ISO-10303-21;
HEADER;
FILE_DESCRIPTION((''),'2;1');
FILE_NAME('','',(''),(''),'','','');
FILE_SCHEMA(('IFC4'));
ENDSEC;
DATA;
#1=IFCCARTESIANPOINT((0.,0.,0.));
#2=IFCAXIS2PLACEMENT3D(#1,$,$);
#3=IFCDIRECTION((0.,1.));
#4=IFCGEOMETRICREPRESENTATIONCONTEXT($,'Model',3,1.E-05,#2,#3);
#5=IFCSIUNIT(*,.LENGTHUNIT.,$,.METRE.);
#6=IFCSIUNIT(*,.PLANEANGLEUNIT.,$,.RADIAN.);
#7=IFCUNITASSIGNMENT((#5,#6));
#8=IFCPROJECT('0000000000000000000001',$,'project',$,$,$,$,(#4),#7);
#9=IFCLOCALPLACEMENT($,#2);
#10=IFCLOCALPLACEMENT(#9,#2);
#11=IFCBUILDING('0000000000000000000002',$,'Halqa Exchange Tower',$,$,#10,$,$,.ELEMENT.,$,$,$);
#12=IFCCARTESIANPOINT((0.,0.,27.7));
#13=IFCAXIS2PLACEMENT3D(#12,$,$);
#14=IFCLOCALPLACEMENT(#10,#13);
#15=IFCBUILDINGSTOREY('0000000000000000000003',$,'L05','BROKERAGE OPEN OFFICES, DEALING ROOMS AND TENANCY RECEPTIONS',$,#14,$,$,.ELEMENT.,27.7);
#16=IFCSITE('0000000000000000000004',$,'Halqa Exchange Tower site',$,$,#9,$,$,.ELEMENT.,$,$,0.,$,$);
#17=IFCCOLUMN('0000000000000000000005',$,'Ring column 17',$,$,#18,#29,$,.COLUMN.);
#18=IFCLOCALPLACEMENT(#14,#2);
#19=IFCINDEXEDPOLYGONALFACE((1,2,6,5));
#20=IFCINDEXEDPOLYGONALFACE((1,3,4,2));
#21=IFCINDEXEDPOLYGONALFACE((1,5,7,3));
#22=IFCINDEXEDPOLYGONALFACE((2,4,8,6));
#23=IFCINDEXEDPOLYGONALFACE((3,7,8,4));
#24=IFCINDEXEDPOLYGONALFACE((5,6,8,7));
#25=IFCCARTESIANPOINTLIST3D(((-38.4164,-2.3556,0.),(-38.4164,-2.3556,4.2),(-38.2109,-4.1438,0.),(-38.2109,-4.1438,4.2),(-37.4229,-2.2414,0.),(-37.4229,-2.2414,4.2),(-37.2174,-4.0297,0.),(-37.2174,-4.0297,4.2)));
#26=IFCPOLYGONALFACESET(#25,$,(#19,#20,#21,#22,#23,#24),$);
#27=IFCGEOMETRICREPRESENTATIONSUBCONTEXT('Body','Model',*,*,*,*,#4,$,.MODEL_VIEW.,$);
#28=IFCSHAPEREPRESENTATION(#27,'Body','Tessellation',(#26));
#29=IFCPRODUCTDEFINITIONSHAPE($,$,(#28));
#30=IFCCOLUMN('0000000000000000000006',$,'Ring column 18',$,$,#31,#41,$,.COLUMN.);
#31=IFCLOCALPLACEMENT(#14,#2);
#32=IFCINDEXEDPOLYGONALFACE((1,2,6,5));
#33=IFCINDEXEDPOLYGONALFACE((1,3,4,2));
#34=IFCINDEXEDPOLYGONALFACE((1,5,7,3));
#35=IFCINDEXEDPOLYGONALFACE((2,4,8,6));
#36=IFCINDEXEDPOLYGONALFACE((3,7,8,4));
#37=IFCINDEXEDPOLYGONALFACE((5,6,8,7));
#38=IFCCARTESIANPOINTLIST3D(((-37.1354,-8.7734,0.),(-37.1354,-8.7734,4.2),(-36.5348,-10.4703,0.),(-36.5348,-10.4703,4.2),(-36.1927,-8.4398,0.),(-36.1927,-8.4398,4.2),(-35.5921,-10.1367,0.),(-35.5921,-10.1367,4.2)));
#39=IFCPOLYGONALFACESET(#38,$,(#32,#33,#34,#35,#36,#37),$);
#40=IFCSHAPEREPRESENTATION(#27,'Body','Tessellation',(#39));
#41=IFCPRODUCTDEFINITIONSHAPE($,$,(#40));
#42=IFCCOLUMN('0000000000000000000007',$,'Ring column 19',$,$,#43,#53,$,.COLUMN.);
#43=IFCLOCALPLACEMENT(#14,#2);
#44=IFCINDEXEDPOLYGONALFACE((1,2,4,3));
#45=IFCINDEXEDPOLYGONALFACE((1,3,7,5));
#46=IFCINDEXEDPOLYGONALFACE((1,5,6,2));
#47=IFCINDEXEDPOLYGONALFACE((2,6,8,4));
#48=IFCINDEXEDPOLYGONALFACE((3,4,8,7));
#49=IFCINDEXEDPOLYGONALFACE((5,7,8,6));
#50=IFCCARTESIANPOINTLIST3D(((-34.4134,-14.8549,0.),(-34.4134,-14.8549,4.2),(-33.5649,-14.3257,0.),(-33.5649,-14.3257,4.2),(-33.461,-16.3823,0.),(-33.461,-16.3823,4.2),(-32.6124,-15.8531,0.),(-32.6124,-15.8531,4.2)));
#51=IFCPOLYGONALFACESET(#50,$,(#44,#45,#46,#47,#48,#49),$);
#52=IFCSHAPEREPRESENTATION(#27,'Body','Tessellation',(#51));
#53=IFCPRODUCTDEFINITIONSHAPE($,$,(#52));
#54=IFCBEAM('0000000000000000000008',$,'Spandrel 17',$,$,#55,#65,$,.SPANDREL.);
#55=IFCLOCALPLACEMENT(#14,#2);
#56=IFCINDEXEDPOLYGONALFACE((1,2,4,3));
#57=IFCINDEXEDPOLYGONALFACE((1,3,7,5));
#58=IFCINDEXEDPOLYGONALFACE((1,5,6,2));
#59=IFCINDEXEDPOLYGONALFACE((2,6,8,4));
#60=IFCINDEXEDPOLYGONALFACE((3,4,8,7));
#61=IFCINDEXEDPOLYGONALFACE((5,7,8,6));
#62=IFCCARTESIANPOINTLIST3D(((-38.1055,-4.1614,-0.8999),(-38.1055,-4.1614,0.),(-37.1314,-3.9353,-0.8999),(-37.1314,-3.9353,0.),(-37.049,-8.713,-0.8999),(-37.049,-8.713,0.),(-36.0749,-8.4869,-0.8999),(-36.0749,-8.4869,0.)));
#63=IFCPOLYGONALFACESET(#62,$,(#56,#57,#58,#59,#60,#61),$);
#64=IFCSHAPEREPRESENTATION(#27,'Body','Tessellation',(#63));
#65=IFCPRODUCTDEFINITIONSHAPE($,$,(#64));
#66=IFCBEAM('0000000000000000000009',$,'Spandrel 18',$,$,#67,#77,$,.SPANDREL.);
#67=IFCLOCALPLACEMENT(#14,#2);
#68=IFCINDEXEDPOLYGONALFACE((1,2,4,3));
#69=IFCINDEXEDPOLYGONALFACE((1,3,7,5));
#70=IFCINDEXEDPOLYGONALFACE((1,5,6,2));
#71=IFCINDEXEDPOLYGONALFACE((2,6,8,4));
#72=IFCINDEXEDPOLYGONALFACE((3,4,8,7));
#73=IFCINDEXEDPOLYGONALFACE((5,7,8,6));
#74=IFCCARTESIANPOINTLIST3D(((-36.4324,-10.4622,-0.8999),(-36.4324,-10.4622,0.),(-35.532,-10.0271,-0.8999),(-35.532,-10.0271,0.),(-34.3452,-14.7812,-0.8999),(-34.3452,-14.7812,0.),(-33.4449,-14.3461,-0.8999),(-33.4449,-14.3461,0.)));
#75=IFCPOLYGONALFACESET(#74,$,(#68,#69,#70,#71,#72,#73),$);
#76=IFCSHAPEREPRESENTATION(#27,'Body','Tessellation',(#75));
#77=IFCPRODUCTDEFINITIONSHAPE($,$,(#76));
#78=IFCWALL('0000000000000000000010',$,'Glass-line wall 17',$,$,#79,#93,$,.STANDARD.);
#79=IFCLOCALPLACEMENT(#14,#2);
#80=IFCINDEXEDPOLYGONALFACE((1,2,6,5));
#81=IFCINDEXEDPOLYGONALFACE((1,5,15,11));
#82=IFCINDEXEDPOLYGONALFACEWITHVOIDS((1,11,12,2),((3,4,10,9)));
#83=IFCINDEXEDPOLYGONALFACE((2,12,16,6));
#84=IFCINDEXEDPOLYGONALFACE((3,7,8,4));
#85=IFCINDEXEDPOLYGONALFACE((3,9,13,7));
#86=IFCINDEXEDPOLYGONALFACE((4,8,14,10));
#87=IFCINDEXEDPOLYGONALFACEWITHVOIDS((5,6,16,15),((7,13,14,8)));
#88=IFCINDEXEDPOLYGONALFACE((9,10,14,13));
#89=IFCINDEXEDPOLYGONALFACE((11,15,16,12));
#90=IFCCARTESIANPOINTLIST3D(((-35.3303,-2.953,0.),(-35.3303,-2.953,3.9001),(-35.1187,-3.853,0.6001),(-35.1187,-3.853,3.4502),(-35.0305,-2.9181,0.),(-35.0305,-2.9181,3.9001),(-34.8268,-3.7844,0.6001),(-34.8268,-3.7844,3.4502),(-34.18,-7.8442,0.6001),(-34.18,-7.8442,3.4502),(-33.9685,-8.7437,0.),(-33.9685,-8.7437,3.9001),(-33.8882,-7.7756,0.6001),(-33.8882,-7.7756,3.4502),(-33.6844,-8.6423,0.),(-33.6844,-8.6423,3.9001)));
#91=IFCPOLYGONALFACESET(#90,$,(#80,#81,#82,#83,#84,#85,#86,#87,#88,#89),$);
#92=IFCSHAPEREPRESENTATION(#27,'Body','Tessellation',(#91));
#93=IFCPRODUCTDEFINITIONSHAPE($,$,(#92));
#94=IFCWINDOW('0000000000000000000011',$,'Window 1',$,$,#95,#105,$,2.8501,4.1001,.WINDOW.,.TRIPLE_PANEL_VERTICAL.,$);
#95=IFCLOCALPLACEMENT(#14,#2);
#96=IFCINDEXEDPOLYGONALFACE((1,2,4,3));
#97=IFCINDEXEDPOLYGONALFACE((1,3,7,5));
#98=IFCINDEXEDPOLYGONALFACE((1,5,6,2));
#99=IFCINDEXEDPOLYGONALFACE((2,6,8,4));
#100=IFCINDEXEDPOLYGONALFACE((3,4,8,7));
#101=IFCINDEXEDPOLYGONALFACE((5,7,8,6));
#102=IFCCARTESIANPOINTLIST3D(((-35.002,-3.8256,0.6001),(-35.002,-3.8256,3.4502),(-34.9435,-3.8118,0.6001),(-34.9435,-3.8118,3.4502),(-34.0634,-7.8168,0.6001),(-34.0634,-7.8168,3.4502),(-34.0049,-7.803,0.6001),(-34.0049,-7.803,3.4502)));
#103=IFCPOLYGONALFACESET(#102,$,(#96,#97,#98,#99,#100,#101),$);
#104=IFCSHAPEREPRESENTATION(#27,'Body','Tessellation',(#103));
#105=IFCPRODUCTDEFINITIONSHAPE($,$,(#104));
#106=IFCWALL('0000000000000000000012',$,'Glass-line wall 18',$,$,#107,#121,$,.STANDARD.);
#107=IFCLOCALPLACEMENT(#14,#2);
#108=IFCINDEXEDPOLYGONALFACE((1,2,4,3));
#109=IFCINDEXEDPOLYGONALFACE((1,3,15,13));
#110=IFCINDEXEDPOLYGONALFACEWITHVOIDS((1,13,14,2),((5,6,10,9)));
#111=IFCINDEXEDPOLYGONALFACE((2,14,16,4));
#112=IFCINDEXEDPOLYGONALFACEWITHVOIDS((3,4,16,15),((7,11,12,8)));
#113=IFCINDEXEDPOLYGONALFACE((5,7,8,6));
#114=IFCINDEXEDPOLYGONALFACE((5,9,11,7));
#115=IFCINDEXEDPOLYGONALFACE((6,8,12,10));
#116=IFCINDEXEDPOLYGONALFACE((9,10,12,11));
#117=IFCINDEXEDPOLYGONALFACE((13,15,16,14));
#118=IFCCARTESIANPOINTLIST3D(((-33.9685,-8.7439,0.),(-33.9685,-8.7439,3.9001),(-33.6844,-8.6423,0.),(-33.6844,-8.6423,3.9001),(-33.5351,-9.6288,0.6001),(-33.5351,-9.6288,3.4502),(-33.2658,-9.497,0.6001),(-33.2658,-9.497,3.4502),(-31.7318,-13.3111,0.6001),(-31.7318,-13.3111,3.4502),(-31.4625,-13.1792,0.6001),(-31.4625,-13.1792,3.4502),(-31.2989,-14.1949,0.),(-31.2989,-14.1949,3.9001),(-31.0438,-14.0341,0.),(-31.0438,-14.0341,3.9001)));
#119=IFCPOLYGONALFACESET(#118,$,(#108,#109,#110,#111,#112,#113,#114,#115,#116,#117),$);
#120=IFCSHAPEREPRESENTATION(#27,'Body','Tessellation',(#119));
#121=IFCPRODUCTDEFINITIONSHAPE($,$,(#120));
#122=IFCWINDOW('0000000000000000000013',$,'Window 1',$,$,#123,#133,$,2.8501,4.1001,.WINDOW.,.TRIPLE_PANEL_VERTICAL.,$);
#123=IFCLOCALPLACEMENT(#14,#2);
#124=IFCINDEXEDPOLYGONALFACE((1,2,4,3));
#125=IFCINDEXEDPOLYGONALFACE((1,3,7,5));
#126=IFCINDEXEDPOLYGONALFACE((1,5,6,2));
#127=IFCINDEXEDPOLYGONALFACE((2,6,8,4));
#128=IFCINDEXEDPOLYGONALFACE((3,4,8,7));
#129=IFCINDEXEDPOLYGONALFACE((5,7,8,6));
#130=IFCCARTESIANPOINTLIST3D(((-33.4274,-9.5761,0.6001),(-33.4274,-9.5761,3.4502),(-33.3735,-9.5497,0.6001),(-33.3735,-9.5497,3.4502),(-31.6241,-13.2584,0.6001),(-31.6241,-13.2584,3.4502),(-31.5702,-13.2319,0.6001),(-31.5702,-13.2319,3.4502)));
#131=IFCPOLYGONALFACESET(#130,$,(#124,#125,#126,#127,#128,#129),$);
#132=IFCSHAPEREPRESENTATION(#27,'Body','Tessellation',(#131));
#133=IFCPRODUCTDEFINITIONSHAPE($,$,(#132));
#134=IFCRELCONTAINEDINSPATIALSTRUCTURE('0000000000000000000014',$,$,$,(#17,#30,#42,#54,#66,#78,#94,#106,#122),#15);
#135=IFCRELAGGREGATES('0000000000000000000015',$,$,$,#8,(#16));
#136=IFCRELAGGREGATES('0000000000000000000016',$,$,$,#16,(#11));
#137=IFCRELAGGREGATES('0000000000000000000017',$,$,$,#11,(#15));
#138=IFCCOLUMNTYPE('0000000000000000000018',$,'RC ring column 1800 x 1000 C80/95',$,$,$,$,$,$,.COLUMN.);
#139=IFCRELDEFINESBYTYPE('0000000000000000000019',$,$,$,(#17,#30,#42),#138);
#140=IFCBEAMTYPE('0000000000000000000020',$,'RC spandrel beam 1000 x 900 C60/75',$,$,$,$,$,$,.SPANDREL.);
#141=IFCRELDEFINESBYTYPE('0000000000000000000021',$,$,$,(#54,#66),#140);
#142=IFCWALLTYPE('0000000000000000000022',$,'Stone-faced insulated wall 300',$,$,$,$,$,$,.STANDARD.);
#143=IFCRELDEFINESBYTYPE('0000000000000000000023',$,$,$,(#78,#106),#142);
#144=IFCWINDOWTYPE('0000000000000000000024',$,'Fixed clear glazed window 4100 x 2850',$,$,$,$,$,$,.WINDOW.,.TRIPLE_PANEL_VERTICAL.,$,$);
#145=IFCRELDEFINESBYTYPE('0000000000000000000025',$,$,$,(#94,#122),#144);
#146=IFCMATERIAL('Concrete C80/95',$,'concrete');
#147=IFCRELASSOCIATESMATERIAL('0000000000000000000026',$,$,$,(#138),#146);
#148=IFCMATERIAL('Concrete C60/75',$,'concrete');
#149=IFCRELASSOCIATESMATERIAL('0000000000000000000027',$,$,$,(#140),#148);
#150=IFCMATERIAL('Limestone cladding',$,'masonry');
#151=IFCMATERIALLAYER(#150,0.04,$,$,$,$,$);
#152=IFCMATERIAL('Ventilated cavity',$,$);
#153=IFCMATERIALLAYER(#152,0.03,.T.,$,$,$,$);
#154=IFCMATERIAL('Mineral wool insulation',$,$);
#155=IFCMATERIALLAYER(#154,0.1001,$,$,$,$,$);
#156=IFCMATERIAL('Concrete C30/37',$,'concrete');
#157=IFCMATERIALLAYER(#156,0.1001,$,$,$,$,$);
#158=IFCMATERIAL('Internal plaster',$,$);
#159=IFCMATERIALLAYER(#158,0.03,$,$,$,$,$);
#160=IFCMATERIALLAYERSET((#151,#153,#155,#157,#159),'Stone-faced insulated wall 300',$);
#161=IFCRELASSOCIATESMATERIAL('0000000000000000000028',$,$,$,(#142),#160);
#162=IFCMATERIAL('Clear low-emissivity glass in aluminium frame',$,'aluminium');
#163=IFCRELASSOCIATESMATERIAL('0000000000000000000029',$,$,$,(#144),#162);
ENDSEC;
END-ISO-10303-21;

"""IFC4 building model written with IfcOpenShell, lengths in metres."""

from ifc_helpers import new_model, si_unit, direction, frame, frame_2d, origin, origin_2d, place, context, subcontext, project, spatial, polyline, rectangle, outline, extrude, material, layer, layer_set, material_profile, profile_set, type_object, element, fill, save


model = new_model("IFC4")

# Units and contexts
model_context = context("Model", 3, precision=1e-05, world=origin(), true_north=direction((0.0, 1.0)))
body_context = subcontext(model_context, "Body", "Model", "MODEL_VIEW")
ifc_project = project(units=[si_unit("LENGTHUNIT", "METRE"), si_unit("PLANEANGLEUNIT", "RADIAN")], contexts=[model_context])

# Site, building, storey
site_placement = place(None, origin())
site = spatial("IfcSite", under=ifc_project, at=site_placement, Name="Halqa Exchange Tower site", CompositionType="ELEMENT", RefElevation=0.0)
building_placement = place(site_placement, origin())
building = spatial("IfcBuilding", under=site, at=building_placement, Name="Halqa Exchange Tower", CompositionType="ELEMENT")
storey_placement = place(building_placement, frame((0.0, 0.0, 27.7)))
storey = spatial("IfcBuildingStorey", under=building, at=storey_placement, Name="L05", Description="BROKERAGE OPEN OFFICES, DEALING ROOMS AND TENANCY RECEPTIONS", CompositionType="ELEMENT", Elevation=27.7)

# Columns
ifc_material_1 = material(Name="Concrete C80/95", Category="concrete")
ifc_material_profile_1 = material_profile(ifc_material_1, rectangle(XDim=1.8, YDim=1.0, at=origin_2d()), Name="1800 x 1000")
ifc_profile_set_1 = profile_set([ifc_material_profile_1], Name="Concrete C80/95")
column_type = type_object("IfcColumnType", Name="RC ring column 1800 x 1000 C80/95", PredefinedType="COLUMN", material=ifc_profile_set_1)
for number, where, z_axis, x_axis, name in (
    (1, (-37.8169, -3.1926, 0.0), (0.0, 0.0, 1.0), (0.114155, -0.993463, 0.0), "Ring column 17"),
    (2, (-36.3638, -9.4551, 0.0), (0.0, 0.0, 1.0), (0.333628, -0.942705, 0.0), "Ring column 18"),
    (3, (-33.5129, -15.354, 0.0), (0.0, 0.0, 1.0), (0.52914, -0.848534, 0.0), "Ring column 19"),
):
    element("IfcColumn", number, at=place(storey_placement, frame(where, z_axis=z_axis, x_axis=x_axis)), inside=storey, type_object=column_type, Name=name, PredefinedType="COLUMN", context=body_context, shape_type="SweptSolid", body=[
        extrude(rectangle(XDim=1.8, YDim=1.0, at=origin_2d()), origin(), (0.0, 0.0, 1.0), 4.2),
    ])

# Beams
ifc_material_2 = material(Name="Concrete C60/75", Category="concrete")
ifc_material_profile_2 = material_profile(ifc_material_2, rectangle(XDim=1.0, YDim=0.8999, at=origin_2d()), Name="1000 x 900")
ifc_profile_set_2 = profile_set([ifc_material_profile_2], Name="Concrete C60/75")
beam_type = type_object("IfcBeamType", Name="RC spandrel beam 1000 x 900 C60/75", PredefinedType="SPANDREL", material=ifc_profile_set_2)
beam_1_placement = place(storey_placement, frame((-37.6184, -4.0483, -0.45), z_axis=(0.226088, -0.974107, 0.0), x_axis=(0.974107, 0.226088, 0.0)))
element("IfcBeam", 4, at=beam_1_placement, inside=storey, type_object=beam_type, Name="Spandrel 17", PredefinedType="SPANDREL", context=body_context, shape_type="SweptSolid", body=[
    extrude(rectangle(XDim=1.0, YDim=0.8999, at=origin_2d()), origin(), (0.0, 0.0, 1.0), 4.6726),
])
beam_2_placement = place(storey_placement, frame((-35.9822, -10.2446, -0.45), z_axis=(0.435101, -0.900382, 0.0), x_axis=(0.900382, 0.435101, 0.0)))
element("IfcBeam", 5, at=beam_2_placement, inside=storey, type_object=beam_type, Name="Spandrel 18", PredefinedType="SPANDREL", context=body_context, shape_type="SweptSolid", body=[
    extrude(rectangle(XDim=1.0, YDim=0.8999, at=origin_2d()), origin(), (0.0, 0.0, 1.0), 4.7969),
])

# Walls, openings, windows
ifc_material_3 = material(Name="Limestone cladding", Category="masonry")
ifc_layer_1 = layer(ifc_material_3, 0.04)
ifc_material_4 = material(Name="Ventilated cavity")
ifc_layer_2 = layer(ifc_material_4, 0.03, ventilated=True)
ifc_material_5 = material(Name="Mineral wool insulation")
ifc_layer_3 = layer(ifc_material_5, 0.1001)
ifc_material_6 = material(Name="Concrete C30/37", Category="concrete")
ifc_layer_4 = layer(ifc_material_6, 0.1001)
ifc_material_7 = material(Name="Internal plaster")
ifc_layer_5 = layer(ifc_material_7, 0.03)
ifc_layer_set = layer_set([ifc_layer_1, ifc_layer_2, ifc_layer_3, ifc_layer_4, ifc_layer_5], Name="Stone-faced insulated wall 300")
wall_type = type_object("IfcWallType", Name="Stone-faced insulated wall 300", PredefinedType="STANDARD", material=ifc_layer_set)
wall_1_placement = place(storey_placement, frame((-35.1804, -2.9355, 0.0), z_axis=(0.0, 0.0, 1.0), x_axis=(0.228924, -0.973444, 0.0)))
wall_1 = element("IfcWall", 6, at=wall_1_placement, inside=storey, type_object=wall_type, Name="Glass-line wall 17", PredefinedType="STANDARD", context=body_context, shape_type="SweptSolid", body=[
    extrude(outline(polyline([(-0.0173, -0.1499), (5.9314, -0.1499), (5.8977, 0.1499), (0.0173, 0.1499), (-0.0173, -0.1499)])), origin(), (0.0, 0.0, 1.0), 3.9001),
])
opening_1_placement = place(wall_1_placement, frame((0.9072, 0.0, 0.6001)))
opening_1 = element("IfcOpeningElement", 7, at=opening_1_placement, cuts=wall_1, PredefinedType="OPENING", context=body_context, shape_type="SweptSolid", body=[
    extrude(rectangle(XDim=4.1001, YDim=2.8501, at=frame_2d((2.05, 1.425))), frame((0.0, 0.1621, 0.0), z_axis=(0.0, -1.0, 0.0), x_axis=(1.0, 0.0, 0.0)), (0.0, 0.0, 1.0), 0.324),
])
ifc_material_8 = material(Name="Clear low-emissivity glass in aluminium frame", Category="aluminium")
window_type = type_object("IfcWindowType", Name="Fixed clear glazed window 4100 x 2850", PartitioningType="TRIPLE_PANEL_VERTICAL", PredefinedType="WINDOW", material=ifc_material_8)
window_1_placement = place(opening_1_placement, origin())
window_1 = element("IfcWindow", 8, at=window_1_placement, inside=storey, type_object=window_type, Name="Window 1", OverallHeight=2.8501, OverallWidth=4.1001, PartitioningType="TRIPLE_PANEL_VERTICAL", PredefinedType="WINDOW", context=body_context, shape_type="SweptSolid", body=[
    extrude(rectangle(XDim=4.1001, YDim=2.8501, at=frame_2d((2.05, 1.425))), frame((0.0, 0.03, 0.0), z_axis=(0.0, -1.0, 0.0), x_axis=(1.0, 0.0, 0.0)), (0.0, 0.0, 1.0), 0.0601),
])
fill(opening_1, window_1)
wall_2_placement = place(storey_placement, frame((-33.8264, -8.6931, 0.0), z_axis=(0.0, 0.0, 1.0), x_axis=(0.439822, -0.898085, 0.0)))
wall_2 = element("IfcWall", 9, at=wall_2_placement, inside=storey, type_object=wall_type, Name="Glass-line wall 18", PredefinedType="STANDARD", context=body_context, shape_type="SweptSolid", body=[
    extrude(outline(polyline([(-0.0168, -0.1499), (6.0527, -0.1499), (6.0205, 0.1499), (0.0168, 0.1499), (-0.0168, -0.1499)])), origin(), (0.0, 0.0, 1.0), 3.9001),
])
opening_2_placement = place(wall_2_placement, frame((0.9685, 0.0, 0.6001)))
opening_2 = element("IfcOpeningElement", 10, at=opening_2_placement, cuts=wall_2, PredefinedType="OPENING", context=body_context, shape_type="SweptSolid", body=[
    extrude(rectangle(XDim=4.1001, YDim=2.8501, at=frame_2d((2.05, 1.425))), frame((0.0, 0.1621, 0.0), z_axis=(0.0, -1.0, 0.0), x_axis=(1.0, 0.0, 0.0)), (0.0, 0.0, 1.0), 0.324),
])
window_2_placement = place(opening_2_placement, origin())
window_2 = element("IfcWindow", 11, at=window_2_placement, inside=storey, type_object=window_type, Name="Window 1", OverallHeight=2.8501, OverallWidth=4.1001, PartitioningType="TRIPLE_PANEL_VERTICAL", PredefinedType="WINDOW", context=body_context, shape_type="SweptSolid", body=[
    extrude(rectangle(XDim=4.1001, YDim=2.8501, at=frame_2d((2.05, 1.425))), frame((0.0, 0.03, 0.0), z_axis=(0.0, -1.0, 0.0), x_axis=(1.0, 0.0, 0.0)), (0.0, 0.0, 1.0), 0.0601),
])
fill(opening_2, window_2)

save(model, "model.ifc")
